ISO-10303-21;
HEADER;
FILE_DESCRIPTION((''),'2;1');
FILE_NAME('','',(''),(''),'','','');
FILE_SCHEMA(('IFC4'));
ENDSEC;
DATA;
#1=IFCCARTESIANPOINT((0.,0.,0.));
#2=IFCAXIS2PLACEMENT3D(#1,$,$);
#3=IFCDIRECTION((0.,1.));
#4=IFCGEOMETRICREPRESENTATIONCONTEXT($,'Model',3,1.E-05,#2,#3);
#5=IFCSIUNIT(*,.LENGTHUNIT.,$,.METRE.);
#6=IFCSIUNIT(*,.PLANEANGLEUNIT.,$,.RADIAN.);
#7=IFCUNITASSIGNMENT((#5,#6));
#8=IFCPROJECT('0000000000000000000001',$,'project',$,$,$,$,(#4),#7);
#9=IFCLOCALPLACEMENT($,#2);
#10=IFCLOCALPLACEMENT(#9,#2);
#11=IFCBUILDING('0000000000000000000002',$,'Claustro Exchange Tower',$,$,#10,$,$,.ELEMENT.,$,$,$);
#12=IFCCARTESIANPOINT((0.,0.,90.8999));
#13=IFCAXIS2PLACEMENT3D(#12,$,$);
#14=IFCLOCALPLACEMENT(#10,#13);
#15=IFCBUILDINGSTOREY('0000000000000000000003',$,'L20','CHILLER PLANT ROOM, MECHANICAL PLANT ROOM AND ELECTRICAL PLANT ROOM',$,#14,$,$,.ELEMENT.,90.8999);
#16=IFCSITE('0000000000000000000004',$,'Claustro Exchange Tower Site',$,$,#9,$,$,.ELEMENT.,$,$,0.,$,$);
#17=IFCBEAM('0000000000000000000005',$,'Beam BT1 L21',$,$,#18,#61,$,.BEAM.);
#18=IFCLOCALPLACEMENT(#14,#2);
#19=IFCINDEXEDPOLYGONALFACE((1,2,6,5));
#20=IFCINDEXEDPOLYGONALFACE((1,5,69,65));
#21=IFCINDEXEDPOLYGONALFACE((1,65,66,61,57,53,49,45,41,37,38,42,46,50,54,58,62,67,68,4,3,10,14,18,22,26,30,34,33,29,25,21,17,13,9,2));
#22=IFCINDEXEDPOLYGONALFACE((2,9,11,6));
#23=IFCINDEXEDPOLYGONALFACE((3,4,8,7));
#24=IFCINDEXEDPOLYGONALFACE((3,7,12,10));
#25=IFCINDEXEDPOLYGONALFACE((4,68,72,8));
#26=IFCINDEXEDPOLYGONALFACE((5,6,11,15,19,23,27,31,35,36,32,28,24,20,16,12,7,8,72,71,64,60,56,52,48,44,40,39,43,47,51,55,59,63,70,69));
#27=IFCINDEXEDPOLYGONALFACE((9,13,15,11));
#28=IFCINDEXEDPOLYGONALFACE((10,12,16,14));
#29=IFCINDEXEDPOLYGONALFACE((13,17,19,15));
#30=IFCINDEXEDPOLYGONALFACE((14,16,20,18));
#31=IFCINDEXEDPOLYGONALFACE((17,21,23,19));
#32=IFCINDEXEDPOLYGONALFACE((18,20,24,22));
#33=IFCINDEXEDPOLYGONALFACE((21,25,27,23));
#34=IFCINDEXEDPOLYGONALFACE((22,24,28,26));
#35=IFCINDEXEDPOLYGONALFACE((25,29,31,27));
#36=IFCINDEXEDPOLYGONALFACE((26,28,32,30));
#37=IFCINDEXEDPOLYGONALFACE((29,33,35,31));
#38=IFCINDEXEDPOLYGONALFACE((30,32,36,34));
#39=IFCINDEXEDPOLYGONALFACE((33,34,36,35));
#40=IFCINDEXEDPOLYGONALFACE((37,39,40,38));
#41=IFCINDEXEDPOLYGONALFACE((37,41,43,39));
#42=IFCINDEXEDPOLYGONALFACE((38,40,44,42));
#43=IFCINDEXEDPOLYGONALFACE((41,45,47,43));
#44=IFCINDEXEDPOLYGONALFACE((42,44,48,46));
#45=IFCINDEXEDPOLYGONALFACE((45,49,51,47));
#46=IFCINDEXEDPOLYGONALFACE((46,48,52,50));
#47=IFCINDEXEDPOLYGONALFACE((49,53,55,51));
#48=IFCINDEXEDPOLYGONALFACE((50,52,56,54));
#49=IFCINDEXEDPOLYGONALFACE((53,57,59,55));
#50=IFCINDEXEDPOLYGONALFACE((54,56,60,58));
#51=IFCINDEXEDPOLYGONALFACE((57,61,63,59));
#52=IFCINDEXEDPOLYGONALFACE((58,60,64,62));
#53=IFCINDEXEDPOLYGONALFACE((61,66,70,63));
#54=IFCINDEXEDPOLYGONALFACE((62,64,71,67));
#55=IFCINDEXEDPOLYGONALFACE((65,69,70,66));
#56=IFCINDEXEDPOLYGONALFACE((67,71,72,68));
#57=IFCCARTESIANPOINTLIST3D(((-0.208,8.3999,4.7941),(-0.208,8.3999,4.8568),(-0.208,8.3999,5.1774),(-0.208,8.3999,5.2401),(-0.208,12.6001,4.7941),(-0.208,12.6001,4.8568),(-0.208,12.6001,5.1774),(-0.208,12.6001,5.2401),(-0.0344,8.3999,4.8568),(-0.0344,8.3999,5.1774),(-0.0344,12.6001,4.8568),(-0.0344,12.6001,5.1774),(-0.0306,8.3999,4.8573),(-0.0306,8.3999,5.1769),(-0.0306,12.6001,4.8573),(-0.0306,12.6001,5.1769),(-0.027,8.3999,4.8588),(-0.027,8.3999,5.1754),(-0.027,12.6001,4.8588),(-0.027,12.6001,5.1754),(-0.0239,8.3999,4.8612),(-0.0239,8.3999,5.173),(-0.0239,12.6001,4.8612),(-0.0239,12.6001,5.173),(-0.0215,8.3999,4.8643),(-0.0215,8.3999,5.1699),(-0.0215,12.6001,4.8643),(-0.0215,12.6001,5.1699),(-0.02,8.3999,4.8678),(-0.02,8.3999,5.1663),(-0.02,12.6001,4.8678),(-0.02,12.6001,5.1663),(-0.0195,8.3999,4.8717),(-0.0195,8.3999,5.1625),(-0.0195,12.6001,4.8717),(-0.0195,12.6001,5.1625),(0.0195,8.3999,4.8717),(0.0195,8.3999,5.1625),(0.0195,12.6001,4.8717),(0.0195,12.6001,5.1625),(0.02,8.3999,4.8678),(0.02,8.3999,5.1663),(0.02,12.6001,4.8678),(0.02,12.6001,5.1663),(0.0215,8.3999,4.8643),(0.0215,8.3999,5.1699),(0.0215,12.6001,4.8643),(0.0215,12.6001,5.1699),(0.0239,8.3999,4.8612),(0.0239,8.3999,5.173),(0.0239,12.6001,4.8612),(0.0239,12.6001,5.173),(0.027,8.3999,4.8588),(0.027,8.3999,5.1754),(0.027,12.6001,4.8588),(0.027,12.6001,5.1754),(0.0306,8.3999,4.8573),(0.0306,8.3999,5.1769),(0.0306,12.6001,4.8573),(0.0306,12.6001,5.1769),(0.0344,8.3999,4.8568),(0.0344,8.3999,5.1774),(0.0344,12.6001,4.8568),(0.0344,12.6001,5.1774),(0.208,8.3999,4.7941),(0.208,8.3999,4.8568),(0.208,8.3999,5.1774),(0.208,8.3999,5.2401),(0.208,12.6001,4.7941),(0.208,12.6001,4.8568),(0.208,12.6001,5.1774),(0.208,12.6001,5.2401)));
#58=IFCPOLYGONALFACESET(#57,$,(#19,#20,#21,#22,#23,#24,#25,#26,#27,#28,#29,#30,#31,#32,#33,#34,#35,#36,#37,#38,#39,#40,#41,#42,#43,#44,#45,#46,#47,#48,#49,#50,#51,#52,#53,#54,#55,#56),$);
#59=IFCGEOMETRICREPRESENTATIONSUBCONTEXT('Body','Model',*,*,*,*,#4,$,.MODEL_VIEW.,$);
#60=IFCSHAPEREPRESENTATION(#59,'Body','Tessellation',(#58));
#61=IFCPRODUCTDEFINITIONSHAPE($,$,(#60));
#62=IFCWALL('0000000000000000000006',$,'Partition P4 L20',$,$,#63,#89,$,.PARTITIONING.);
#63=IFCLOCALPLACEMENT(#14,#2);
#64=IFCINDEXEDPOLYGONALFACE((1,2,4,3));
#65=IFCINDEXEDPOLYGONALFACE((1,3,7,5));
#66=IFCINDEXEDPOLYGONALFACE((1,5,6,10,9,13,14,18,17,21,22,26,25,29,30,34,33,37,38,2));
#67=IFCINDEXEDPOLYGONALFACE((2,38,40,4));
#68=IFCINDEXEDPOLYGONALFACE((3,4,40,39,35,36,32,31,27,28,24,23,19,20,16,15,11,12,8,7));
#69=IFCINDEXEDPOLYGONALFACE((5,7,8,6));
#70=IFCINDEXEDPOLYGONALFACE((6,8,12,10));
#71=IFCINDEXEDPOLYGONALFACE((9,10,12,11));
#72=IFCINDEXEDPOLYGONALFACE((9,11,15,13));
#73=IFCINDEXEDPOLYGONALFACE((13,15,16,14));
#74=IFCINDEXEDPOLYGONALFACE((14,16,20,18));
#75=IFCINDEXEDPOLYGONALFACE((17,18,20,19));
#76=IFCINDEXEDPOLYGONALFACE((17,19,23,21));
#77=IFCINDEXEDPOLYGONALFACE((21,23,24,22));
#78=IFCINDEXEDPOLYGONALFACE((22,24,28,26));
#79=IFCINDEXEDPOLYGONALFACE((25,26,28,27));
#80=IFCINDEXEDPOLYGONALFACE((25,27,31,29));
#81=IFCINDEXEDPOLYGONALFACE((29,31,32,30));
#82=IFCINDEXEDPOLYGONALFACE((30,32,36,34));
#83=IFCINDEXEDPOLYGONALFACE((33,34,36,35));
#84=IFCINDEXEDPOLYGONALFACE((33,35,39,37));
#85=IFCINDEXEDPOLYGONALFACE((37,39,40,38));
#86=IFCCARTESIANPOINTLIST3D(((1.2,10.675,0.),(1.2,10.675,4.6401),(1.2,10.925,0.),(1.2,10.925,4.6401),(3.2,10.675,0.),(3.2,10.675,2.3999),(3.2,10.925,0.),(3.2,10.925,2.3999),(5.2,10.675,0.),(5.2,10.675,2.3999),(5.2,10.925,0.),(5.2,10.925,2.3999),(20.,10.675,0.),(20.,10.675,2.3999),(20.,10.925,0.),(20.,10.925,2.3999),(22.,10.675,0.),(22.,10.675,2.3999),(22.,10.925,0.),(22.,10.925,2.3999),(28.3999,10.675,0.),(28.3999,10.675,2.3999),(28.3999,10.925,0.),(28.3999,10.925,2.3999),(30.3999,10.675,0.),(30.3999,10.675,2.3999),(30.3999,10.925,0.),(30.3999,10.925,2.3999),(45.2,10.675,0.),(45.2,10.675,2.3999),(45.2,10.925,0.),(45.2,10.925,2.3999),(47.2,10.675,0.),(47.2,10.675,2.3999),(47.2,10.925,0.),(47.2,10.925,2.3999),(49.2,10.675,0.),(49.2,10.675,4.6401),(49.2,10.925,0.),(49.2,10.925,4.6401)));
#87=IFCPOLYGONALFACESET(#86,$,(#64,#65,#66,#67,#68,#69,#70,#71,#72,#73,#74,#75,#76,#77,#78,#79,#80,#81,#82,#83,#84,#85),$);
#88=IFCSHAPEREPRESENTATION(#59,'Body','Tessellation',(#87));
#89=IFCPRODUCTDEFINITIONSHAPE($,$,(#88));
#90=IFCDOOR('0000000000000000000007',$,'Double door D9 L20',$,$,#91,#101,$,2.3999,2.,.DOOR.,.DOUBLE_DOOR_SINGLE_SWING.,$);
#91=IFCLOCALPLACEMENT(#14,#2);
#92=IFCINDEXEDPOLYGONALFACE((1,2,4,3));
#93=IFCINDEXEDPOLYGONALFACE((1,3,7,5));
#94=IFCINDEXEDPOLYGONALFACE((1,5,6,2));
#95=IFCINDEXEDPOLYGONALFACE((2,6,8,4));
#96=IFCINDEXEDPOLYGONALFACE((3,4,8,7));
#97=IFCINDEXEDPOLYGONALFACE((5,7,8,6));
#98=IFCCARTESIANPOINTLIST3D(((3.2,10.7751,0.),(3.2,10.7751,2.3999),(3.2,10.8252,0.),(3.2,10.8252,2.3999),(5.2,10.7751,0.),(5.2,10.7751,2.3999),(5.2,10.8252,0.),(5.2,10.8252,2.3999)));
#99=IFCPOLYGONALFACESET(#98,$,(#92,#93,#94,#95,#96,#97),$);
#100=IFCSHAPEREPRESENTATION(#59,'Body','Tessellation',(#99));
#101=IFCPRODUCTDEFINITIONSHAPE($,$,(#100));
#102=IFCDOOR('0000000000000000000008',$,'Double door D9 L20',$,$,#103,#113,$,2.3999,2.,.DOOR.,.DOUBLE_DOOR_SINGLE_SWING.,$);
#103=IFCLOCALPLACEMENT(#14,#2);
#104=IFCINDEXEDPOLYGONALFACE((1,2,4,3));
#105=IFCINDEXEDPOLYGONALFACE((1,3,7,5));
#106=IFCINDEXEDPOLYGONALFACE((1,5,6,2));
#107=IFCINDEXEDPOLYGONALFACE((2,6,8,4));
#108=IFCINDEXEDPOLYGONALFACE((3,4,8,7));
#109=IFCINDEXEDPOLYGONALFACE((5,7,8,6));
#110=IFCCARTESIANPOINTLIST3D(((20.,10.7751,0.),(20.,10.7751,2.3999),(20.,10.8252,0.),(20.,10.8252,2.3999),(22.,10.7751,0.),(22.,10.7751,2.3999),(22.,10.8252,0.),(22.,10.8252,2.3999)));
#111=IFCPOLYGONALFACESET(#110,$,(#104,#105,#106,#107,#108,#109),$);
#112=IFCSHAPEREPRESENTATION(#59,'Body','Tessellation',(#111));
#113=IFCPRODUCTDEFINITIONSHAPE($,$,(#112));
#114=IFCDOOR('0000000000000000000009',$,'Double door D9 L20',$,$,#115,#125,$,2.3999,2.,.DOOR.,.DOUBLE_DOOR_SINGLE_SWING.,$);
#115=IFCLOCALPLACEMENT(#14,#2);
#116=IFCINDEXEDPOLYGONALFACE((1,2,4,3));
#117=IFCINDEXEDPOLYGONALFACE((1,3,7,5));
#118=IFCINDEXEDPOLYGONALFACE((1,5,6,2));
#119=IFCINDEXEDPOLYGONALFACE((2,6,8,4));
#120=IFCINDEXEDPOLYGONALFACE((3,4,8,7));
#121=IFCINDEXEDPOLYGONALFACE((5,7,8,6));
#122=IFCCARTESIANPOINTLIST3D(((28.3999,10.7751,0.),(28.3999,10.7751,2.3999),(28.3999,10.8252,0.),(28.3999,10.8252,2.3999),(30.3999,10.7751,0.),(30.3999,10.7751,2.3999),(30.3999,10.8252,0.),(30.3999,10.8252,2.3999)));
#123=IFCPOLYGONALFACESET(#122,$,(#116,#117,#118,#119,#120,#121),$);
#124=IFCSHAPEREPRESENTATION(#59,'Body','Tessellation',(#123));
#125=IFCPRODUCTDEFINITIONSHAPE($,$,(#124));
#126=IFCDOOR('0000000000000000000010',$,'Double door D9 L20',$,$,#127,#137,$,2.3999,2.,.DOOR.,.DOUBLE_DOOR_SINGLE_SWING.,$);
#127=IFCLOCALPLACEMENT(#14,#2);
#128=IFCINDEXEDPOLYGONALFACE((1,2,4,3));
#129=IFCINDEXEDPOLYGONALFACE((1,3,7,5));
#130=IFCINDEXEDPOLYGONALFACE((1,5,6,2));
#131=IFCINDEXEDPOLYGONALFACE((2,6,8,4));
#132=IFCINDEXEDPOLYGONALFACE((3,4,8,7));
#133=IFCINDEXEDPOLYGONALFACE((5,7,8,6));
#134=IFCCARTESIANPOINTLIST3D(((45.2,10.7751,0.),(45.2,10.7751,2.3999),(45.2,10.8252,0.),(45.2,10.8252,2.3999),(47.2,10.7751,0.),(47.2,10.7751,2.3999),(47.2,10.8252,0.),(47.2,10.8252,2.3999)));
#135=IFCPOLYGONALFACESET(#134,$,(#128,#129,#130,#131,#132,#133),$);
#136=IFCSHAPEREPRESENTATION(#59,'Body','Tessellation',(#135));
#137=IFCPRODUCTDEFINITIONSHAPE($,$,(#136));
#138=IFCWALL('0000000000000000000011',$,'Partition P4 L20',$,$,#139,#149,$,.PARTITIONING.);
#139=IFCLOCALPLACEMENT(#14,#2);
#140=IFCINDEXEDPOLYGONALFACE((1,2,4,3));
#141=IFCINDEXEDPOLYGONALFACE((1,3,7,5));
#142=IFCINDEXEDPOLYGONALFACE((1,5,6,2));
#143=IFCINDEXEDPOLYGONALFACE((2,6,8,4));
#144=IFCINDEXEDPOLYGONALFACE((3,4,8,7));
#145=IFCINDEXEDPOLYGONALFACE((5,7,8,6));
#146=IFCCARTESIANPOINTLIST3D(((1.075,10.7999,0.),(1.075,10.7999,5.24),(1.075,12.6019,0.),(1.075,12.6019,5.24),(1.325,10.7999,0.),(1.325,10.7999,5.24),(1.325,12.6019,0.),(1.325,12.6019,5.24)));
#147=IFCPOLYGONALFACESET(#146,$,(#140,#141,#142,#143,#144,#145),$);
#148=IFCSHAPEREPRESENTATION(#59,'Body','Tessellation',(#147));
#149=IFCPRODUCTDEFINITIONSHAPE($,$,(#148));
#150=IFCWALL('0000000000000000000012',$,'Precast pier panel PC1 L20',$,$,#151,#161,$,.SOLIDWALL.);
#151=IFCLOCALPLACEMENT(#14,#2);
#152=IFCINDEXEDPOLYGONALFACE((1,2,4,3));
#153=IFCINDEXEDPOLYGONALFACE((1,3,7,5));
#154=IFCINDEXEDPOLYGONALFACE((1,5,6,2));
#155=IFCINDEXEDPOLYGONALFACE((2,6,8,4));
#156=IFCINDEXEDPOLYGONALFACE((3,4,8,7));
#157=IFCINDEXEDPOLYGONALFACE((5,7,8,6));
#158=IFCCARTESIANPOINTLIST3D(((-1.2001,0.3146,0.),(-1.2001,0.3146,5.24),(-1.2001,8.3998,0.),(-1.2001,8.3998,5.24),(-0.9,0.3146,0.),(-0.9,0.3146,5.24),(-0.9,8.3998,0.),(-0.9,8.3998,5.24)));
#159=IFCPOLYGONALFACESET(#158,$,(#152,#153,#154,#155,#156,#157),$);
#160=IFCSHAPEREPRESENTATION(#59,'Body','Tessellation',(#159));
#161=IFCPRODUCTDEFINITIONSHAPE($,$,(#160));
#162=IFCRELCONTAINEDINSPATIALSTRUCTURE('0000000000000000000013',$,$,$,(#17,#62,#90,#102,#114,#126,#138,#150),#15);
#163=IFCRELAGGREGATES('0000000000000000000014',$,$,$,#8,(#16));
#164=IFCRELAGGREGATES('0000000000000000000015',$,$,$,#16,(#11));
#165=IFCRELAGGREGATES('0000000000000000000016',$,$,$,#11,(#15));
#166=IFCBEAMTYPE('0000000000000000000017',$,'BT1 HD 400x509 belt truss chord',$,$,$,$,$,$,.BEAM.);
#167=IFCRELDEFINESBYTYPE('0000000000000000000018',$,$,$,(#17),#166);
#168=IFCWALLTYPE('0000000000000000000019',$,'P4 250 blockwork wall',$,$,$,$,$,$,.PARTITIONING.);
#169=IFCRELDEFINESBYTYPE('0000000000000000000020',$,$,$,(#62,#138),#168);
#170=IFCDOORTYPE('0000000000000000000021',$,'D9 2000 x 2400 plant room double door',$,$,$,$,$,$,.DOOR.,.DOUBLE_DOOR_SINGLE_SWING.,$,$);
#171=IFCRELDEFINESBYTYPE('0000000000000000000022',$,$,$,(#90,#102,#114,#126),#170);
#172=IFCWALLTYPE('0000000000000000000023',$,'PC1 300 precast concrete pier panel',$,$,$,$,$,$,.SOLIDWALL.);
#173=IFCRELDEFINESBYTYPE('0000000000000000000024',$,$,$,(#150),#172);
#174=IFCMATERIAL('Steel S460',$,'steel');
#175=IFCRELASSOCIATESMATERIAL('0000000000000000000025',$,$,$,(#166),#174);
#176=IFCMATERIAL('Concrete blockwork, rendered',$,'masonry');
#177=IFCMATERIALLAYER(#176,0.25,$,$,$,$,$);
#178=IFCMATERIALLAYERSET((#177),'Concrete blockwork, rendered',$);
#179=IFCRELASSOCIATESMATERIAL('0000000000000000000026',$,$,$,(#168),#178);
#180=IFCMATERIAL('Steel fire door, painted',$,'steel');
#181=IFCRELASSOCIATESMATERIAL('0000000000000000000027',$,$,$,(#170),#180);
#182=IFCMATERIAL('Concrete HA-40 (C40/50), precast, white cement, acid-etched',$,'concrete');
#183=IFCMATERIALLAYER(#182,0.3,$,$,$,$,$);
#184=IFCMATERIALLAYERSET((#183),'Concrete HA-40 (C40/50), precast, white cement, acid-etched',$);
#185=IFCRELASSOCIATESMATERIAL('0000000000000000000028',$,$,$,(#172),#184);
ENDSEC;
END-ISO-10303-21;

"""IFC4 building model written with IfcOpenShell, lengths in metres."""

from ifc_helpers import new_model, si_unit, direction, frame, frame_2d, origin, origin_2d, place, context, subcontext, project, spatial, rectangle, i_section, extrude, material, layer, layer_set, material_profile, profile_set, type_object, element, fill, save


model = new_model("IFC4")

# Units and contexts
model_context = context("Model", 3, precision=1e-05, world=origin(), true_north=direction((0.0, 1.0)))
body_context = subcontext(model_context, "Body", "Model", "MODEL_VIEW")
ifc_project = project(units=[si_unit("LENGTHUNIT", "METRE"), si_unit("PLANEANGLEUNIT", "RADIAN")], contexts=[model_context])

# Site, building, storey
site_placement = place(None, origin())
site = spatial("IfcSite", under=ifc_project, at=site_placement, Name="Claustro Exchange Tower Site", CompositionType="ELEMENT", RefElevation=0.0)
building_placement = place(site_placement, origin())
building = spatial("IfcBuilding", under=site, at=building_placement, Name="Claustro Exchange Tower", CompositionType="ELEMENT")
storey_placement = place(building_placement, frame((0.0, 0.0, 90.8999)))
storey = spatial("IfcBuildingStorey", under=building, at=storey_placement, Name="L20", Description="CHILLER PLANT ROOM, MECHANICAL PLANT ROOM AND ELECTRICAL PLANT ROOM", CompositionType="ELEMENT", Elevation=90.8999)

# Beam
ifc_material_1 = material(Name="Steel S460", Category="steel")
ifc_material_profile_1 = material_profile(ifc_material_1, i_section(OverallWidth=0.416, OverallDepth=0.446, WebThickness=0.0391, FlangeThickness=0.0627, FilletRadius=0.0149, at=origin_2d()), Name="HD 400x509")
ifc_profile_set_1 = profile_set([ifc_material_profile_1], Name="Steel S460")
beam_type_1 = type_object("IfcBeamType", Name="BT1 HD 400x509 belt truss chord", PredefinedType="BEAM", material=ifc_profile_set_1)
beam_1_placement = place(storey_placement, frame((0.0, 8.3999, 5.0171), z_axis=(0.0, 1.0, 0.0), x_axis=(-1.0, 0.0, 0.0)))
element("IfcBeam", 1, at=beam_1_placement, inside=storey, type_object=beam_type_1, Name="Beam BT1 L21", PredefinedType="BEAM", context=body_context, shape_type="SweptSolid", body=[
    extrude(i_section(OverallWidth=0.416, OverallDepth=0.446, WebThickness=0.0391, FlangeThickness=0.0627, FilletRadius=0.0149, at=origin_2d()), origin(), (0.0, 0.0, 1.0), 4.2002),
])

# Wall, openings, doors
ifc_material_2 = material(Name="Concrete blockwork, rendered", Category="masonry")
ifc_layer_1 = layer(ifc_material_2, 0.25)
ifc_layer_set_1 = layer_set([ifc_layer_1], Name="Concrete blockwork, rendered")
wall_type_1 = type_object("IfcWallType", Name="P4 250 blockwork wall", PredefinedType="PARTITIONING", material=ifc_layer_set_1)
wall_1_placement = place(storey_placement, frame((1.2, 10.8, 0.0), z_axis=(0.0, 0.0, 1.0), x_axis=(1.0, 0.0, 0.0)))
wall_1 = element("IfcWall", 2, at=wall_1_placement, inside=storey, type_object=wall_type_1, Name="Partition P4 L20", PredefinedType="PARTITIONING", context=body_context, shape_type="SweptSolid", body=[
    extrude(rectangle(XDim=48.0, YDim=0.25, at=frame_2d((24.0, 0.0))), origin(), (0.0, 0.0, 1.0), 4.6401),
])
opening_1_placement = place(wall_1_placement, frame((2.0, 0.0, 0.0)))
opening_1 = element("IfcOpeningElement", 3, at=opening_1_placement, cuts=wall_1, PredefinedType="OPENING", context=body_context, shape_type="SweptSolid", body=[
    extrude(rectangle(XDim=2.0, YDim=2.3999, at=frame_2d((1.0, 1.2))), frame((0.0, 0.135, 0.0), z_axis=(0.0, -1.0, 0.0), x_axis=(1.0, 0.0, 0.0)), (0.0, 0.0, 1.0), 0.27),
])
opening_2_placement = place(wall_1_placement, frame((18.8, 0.0, 0.0)))
opening_2 = element("IfcOpeningElement", 4, at=opening_2_placement, cuts=wall_1, PredefinedType="OPENING", context=body_context, shape_type="SweptSolid", body=[
    extrude(rectangle(XDim=2.0, YDim=2.3999, at=frame_2d((1.0, 1.2))), frame((0.0, 0.135, 0.0), z_axis=(0.0, -1.0, 0.0), x_axis=(1.0, 0.0, 0.0)), (0.0, 0.0, 1.0), 0.27),
])
opening_3_placement = place(wall_1_placement, frame((27.2, 0.0, 0.0)))
opening_3 = element("IfcOpeningElement", 5, at=opening_3_placement, cuts=wall_1, PredefinedType="OPENING", context=body_context, shape_type="SweptSolid", body=[
    extrude(rectangle(XDim=2.0, YDim=2.3999, at=frame_2d((1.0, 1.2))), frame((0.0, 0.135, 0.0), z_axis=(0.0, -1.0, 0.0), x_axis=(1.0, 0.0, 0.0)), (0.0, 0.0, 1.0), 0.27),
])
opening_4_placement = place(wall_1_placement, frame((44.0, 0.0, 0.0)))
opening_4 = element("IfcOpeningElement", 6, at=opening_4_placement, cuts=wall_1, PredefinedType="OPENING", context=body_context, shape_type="SweptSolid", body=[
    extrude(rectangle(XDim=2.0, YDim=2.3999, at=frame_2d((1.0, 1.2))), frame((0.0, 0.135, 0.0), z_axis=(0.0, -1.0, 0.0), x_axis=(1.0, 0.0, 0.0)), (0.0, 0.0, 1.0), 0.27),
])
ifc_material_3 = material(Name="Steel fire door, painted", Category="steel")
door_type_1 = type_object("IfcDoorType", Name="D9 2000 x 2400 plant room double door", OperationType="DOUBLE_DOOR_SINGLE_SWING", PredefinedType="DOOR", material=ifc_material_3)
door_1_placement = place(opening_1_placement, frame((2.0, 0.0, 0.0), z_axis=(0.0, 0.0, 1.0), x_axis=(-1.0, 0.0, 0.0)))
door_1 = element("IfcDoor", 7, at=door_1_placement, inside=storey, type_object=door_type_1, Name="Double door D9 L20", OperationType="DOUBLE_DOOR_SINGLE_SWING", OverallHeight=2.3999, OverallWidth=2.0, PredefinedType="DOOR", context=body_context, shape_type="SweptSolid", body=[
    extrude(rectangle(XDim=2.0, YDim=2.3999, at=frame_2d((1.0, 1.2))), frame((0.0, 0.0249, 0.0), z_axis=(0.0, -1.0, 0.0), x_axis=(1.0, 0.0, 0.0)), (0.0, 0.0, 1.0), 0.05),
])
fill(opening_1, door_1)
door_2_placement = place(opening_2_placement, frame((2.0, 0.0, 0.0), z_axis=(0.0, 0.0, 1.0), x_axis=(-1.0, 0.0, 0.0)))
door_2 = element("IfcDoor", 8, at=door_2_placement, inside=storey, type_object=door_type_1, Name="Double door D9 L20", OperationType="DOUBLE_DOOR_SINGLE_SWING", OverallHeight=2.3999, OverallWidth=2.0, PredefinedType="DOOR", context=body_context, shape_type="SweptSolid", body=[
    extrude(rectangle(XDim=2.0, YDim=2.3999, at=frame_2d((1.0, 1.2))), frame((0.0, 0.0249, 0.0), z_axis=(0.0, -1.0, 0.0), x_axis=(1.0, 0.0, 0.0)), (0.0, 0.0, 1.0), 0.05),
])
fill(opening_2, door_2)
door_3_placement = place(opening_3_placement, frame((2.0, 0.0, 0.0), z_axis=(0.0, 0.0, 1.0), x_axis=(-1.0, 0.0, 0.0)))
door_3 = element("IfcDoor", 9, at=door_3_placement, inside=storey, type_object=door_type_1, Name="Double door D9 L20", OperationType="DOUBLE_DOOR_SINGLE_SWING", OverallHeight=2.3999, OverallWidth=2.0, PredefinedType="DOOR", context=body_context, shape_type="SweptSolid", body=[
    extrude(rectangle(XDim=2.0, YDim=2.3999, at=frame_2d((1.0, 1.2))), frame((0.0, 0.0249, 0.0), z_axis=(0.0, -1.0, 0.0), x_axis=(1.0, 0.0, 0.0)), (0.0, 0.0, 1.0), 0.05),
])
fill(opening_3, door_3)
door_4_placement = place(opening_4_placement, frame((2.0, 0.0, 0.0), z_axis=(0.0, 0.0, 1.0), x_axis=(-1.0, 0.0, 0.0)))
door_4 = element("IfcDoor", 10, at=door_4_placement, inside=storey, type_object=door_type_1, Name="Double door D9 L20", OperationType="DOUBLE_DOOR_SINGLE_SWING", OverallHeight=2.3999, OverallWidth=2.0, PredefinedType="DOOR", context=body_context, shape_type="SweptSolid", body=[
    extrude(rectangle(XDim=2.0, YDim=2.3999, at=frame_2d((1.0, 1.2))), frame((0.0, 0.0249, 0.0), z_axis=(0.0, -1.0, 0.0), x_axis=(1.0, 0.0, 0.0)), (0.0, 0.0, 1.0), 0.05),
])
fill(opening_4, door_4)

# Walls
wall_2_placement = place(storey_placement, frame((1.2, 10.8, 0.0), z_axis=(0.0, 0.0, 1.0), x_axis=(0.0, 1.0, 0.0)))
element("IfcWall", 11, at=wall_2_placement, inside=storey, type_object=wall_type_1, Name="Partition P4 L20", PredefinedType="PARTITIONING", context=body_context, shape_type="SweptSolid", body=[
    extrude(rectangle(XDim=1.802, YDim=0.25, at=frame_2d((0.9009, 0.0))), origin(), (0.0, 0.0, 1.0), 5.24),
])
ifc_material_4 = material(Name="Concrete HA-40 (C40/50), precast, white cement, acid-etched", Category="concrete")
ifc_layer_2 = layer(ifc_material_4, 0.3)
ifc_layer_set_2 = layer_set([ifc_layer_2], Name="Concrete HA-40 (C40/50), precast, white cement, acid-etched")
wall_type_2 = type_object("IfcWallType", Name="PC1 300 precast concrete pier panel", PredefinedType="SOLIDWALL", material=ifc_layer_set_2)
wall_3_placement = place(storey_placement, frame((-1.05, 0.3147, 0.0), z_axis=(0.0, 0.0, 1.0), x_axis=(0.0, 1.0, 0.0)))
element("IfcWall", 12, at=wall_3_placement, inside=storey, type_object=wall_type_2, Name="Precast pier panel PC1 L20", PredefinedType="SOLIDWALL", context=body_context, shape_type="SweptSolid", body=[
    extrude(rectangle(XDim=8.0852, YDim=0.3, at=frame_2d((4.0425, 0.0))), origin(), (0.0, 0.0, 1.0), 5.24),
])

save(model, "model.ifc")
